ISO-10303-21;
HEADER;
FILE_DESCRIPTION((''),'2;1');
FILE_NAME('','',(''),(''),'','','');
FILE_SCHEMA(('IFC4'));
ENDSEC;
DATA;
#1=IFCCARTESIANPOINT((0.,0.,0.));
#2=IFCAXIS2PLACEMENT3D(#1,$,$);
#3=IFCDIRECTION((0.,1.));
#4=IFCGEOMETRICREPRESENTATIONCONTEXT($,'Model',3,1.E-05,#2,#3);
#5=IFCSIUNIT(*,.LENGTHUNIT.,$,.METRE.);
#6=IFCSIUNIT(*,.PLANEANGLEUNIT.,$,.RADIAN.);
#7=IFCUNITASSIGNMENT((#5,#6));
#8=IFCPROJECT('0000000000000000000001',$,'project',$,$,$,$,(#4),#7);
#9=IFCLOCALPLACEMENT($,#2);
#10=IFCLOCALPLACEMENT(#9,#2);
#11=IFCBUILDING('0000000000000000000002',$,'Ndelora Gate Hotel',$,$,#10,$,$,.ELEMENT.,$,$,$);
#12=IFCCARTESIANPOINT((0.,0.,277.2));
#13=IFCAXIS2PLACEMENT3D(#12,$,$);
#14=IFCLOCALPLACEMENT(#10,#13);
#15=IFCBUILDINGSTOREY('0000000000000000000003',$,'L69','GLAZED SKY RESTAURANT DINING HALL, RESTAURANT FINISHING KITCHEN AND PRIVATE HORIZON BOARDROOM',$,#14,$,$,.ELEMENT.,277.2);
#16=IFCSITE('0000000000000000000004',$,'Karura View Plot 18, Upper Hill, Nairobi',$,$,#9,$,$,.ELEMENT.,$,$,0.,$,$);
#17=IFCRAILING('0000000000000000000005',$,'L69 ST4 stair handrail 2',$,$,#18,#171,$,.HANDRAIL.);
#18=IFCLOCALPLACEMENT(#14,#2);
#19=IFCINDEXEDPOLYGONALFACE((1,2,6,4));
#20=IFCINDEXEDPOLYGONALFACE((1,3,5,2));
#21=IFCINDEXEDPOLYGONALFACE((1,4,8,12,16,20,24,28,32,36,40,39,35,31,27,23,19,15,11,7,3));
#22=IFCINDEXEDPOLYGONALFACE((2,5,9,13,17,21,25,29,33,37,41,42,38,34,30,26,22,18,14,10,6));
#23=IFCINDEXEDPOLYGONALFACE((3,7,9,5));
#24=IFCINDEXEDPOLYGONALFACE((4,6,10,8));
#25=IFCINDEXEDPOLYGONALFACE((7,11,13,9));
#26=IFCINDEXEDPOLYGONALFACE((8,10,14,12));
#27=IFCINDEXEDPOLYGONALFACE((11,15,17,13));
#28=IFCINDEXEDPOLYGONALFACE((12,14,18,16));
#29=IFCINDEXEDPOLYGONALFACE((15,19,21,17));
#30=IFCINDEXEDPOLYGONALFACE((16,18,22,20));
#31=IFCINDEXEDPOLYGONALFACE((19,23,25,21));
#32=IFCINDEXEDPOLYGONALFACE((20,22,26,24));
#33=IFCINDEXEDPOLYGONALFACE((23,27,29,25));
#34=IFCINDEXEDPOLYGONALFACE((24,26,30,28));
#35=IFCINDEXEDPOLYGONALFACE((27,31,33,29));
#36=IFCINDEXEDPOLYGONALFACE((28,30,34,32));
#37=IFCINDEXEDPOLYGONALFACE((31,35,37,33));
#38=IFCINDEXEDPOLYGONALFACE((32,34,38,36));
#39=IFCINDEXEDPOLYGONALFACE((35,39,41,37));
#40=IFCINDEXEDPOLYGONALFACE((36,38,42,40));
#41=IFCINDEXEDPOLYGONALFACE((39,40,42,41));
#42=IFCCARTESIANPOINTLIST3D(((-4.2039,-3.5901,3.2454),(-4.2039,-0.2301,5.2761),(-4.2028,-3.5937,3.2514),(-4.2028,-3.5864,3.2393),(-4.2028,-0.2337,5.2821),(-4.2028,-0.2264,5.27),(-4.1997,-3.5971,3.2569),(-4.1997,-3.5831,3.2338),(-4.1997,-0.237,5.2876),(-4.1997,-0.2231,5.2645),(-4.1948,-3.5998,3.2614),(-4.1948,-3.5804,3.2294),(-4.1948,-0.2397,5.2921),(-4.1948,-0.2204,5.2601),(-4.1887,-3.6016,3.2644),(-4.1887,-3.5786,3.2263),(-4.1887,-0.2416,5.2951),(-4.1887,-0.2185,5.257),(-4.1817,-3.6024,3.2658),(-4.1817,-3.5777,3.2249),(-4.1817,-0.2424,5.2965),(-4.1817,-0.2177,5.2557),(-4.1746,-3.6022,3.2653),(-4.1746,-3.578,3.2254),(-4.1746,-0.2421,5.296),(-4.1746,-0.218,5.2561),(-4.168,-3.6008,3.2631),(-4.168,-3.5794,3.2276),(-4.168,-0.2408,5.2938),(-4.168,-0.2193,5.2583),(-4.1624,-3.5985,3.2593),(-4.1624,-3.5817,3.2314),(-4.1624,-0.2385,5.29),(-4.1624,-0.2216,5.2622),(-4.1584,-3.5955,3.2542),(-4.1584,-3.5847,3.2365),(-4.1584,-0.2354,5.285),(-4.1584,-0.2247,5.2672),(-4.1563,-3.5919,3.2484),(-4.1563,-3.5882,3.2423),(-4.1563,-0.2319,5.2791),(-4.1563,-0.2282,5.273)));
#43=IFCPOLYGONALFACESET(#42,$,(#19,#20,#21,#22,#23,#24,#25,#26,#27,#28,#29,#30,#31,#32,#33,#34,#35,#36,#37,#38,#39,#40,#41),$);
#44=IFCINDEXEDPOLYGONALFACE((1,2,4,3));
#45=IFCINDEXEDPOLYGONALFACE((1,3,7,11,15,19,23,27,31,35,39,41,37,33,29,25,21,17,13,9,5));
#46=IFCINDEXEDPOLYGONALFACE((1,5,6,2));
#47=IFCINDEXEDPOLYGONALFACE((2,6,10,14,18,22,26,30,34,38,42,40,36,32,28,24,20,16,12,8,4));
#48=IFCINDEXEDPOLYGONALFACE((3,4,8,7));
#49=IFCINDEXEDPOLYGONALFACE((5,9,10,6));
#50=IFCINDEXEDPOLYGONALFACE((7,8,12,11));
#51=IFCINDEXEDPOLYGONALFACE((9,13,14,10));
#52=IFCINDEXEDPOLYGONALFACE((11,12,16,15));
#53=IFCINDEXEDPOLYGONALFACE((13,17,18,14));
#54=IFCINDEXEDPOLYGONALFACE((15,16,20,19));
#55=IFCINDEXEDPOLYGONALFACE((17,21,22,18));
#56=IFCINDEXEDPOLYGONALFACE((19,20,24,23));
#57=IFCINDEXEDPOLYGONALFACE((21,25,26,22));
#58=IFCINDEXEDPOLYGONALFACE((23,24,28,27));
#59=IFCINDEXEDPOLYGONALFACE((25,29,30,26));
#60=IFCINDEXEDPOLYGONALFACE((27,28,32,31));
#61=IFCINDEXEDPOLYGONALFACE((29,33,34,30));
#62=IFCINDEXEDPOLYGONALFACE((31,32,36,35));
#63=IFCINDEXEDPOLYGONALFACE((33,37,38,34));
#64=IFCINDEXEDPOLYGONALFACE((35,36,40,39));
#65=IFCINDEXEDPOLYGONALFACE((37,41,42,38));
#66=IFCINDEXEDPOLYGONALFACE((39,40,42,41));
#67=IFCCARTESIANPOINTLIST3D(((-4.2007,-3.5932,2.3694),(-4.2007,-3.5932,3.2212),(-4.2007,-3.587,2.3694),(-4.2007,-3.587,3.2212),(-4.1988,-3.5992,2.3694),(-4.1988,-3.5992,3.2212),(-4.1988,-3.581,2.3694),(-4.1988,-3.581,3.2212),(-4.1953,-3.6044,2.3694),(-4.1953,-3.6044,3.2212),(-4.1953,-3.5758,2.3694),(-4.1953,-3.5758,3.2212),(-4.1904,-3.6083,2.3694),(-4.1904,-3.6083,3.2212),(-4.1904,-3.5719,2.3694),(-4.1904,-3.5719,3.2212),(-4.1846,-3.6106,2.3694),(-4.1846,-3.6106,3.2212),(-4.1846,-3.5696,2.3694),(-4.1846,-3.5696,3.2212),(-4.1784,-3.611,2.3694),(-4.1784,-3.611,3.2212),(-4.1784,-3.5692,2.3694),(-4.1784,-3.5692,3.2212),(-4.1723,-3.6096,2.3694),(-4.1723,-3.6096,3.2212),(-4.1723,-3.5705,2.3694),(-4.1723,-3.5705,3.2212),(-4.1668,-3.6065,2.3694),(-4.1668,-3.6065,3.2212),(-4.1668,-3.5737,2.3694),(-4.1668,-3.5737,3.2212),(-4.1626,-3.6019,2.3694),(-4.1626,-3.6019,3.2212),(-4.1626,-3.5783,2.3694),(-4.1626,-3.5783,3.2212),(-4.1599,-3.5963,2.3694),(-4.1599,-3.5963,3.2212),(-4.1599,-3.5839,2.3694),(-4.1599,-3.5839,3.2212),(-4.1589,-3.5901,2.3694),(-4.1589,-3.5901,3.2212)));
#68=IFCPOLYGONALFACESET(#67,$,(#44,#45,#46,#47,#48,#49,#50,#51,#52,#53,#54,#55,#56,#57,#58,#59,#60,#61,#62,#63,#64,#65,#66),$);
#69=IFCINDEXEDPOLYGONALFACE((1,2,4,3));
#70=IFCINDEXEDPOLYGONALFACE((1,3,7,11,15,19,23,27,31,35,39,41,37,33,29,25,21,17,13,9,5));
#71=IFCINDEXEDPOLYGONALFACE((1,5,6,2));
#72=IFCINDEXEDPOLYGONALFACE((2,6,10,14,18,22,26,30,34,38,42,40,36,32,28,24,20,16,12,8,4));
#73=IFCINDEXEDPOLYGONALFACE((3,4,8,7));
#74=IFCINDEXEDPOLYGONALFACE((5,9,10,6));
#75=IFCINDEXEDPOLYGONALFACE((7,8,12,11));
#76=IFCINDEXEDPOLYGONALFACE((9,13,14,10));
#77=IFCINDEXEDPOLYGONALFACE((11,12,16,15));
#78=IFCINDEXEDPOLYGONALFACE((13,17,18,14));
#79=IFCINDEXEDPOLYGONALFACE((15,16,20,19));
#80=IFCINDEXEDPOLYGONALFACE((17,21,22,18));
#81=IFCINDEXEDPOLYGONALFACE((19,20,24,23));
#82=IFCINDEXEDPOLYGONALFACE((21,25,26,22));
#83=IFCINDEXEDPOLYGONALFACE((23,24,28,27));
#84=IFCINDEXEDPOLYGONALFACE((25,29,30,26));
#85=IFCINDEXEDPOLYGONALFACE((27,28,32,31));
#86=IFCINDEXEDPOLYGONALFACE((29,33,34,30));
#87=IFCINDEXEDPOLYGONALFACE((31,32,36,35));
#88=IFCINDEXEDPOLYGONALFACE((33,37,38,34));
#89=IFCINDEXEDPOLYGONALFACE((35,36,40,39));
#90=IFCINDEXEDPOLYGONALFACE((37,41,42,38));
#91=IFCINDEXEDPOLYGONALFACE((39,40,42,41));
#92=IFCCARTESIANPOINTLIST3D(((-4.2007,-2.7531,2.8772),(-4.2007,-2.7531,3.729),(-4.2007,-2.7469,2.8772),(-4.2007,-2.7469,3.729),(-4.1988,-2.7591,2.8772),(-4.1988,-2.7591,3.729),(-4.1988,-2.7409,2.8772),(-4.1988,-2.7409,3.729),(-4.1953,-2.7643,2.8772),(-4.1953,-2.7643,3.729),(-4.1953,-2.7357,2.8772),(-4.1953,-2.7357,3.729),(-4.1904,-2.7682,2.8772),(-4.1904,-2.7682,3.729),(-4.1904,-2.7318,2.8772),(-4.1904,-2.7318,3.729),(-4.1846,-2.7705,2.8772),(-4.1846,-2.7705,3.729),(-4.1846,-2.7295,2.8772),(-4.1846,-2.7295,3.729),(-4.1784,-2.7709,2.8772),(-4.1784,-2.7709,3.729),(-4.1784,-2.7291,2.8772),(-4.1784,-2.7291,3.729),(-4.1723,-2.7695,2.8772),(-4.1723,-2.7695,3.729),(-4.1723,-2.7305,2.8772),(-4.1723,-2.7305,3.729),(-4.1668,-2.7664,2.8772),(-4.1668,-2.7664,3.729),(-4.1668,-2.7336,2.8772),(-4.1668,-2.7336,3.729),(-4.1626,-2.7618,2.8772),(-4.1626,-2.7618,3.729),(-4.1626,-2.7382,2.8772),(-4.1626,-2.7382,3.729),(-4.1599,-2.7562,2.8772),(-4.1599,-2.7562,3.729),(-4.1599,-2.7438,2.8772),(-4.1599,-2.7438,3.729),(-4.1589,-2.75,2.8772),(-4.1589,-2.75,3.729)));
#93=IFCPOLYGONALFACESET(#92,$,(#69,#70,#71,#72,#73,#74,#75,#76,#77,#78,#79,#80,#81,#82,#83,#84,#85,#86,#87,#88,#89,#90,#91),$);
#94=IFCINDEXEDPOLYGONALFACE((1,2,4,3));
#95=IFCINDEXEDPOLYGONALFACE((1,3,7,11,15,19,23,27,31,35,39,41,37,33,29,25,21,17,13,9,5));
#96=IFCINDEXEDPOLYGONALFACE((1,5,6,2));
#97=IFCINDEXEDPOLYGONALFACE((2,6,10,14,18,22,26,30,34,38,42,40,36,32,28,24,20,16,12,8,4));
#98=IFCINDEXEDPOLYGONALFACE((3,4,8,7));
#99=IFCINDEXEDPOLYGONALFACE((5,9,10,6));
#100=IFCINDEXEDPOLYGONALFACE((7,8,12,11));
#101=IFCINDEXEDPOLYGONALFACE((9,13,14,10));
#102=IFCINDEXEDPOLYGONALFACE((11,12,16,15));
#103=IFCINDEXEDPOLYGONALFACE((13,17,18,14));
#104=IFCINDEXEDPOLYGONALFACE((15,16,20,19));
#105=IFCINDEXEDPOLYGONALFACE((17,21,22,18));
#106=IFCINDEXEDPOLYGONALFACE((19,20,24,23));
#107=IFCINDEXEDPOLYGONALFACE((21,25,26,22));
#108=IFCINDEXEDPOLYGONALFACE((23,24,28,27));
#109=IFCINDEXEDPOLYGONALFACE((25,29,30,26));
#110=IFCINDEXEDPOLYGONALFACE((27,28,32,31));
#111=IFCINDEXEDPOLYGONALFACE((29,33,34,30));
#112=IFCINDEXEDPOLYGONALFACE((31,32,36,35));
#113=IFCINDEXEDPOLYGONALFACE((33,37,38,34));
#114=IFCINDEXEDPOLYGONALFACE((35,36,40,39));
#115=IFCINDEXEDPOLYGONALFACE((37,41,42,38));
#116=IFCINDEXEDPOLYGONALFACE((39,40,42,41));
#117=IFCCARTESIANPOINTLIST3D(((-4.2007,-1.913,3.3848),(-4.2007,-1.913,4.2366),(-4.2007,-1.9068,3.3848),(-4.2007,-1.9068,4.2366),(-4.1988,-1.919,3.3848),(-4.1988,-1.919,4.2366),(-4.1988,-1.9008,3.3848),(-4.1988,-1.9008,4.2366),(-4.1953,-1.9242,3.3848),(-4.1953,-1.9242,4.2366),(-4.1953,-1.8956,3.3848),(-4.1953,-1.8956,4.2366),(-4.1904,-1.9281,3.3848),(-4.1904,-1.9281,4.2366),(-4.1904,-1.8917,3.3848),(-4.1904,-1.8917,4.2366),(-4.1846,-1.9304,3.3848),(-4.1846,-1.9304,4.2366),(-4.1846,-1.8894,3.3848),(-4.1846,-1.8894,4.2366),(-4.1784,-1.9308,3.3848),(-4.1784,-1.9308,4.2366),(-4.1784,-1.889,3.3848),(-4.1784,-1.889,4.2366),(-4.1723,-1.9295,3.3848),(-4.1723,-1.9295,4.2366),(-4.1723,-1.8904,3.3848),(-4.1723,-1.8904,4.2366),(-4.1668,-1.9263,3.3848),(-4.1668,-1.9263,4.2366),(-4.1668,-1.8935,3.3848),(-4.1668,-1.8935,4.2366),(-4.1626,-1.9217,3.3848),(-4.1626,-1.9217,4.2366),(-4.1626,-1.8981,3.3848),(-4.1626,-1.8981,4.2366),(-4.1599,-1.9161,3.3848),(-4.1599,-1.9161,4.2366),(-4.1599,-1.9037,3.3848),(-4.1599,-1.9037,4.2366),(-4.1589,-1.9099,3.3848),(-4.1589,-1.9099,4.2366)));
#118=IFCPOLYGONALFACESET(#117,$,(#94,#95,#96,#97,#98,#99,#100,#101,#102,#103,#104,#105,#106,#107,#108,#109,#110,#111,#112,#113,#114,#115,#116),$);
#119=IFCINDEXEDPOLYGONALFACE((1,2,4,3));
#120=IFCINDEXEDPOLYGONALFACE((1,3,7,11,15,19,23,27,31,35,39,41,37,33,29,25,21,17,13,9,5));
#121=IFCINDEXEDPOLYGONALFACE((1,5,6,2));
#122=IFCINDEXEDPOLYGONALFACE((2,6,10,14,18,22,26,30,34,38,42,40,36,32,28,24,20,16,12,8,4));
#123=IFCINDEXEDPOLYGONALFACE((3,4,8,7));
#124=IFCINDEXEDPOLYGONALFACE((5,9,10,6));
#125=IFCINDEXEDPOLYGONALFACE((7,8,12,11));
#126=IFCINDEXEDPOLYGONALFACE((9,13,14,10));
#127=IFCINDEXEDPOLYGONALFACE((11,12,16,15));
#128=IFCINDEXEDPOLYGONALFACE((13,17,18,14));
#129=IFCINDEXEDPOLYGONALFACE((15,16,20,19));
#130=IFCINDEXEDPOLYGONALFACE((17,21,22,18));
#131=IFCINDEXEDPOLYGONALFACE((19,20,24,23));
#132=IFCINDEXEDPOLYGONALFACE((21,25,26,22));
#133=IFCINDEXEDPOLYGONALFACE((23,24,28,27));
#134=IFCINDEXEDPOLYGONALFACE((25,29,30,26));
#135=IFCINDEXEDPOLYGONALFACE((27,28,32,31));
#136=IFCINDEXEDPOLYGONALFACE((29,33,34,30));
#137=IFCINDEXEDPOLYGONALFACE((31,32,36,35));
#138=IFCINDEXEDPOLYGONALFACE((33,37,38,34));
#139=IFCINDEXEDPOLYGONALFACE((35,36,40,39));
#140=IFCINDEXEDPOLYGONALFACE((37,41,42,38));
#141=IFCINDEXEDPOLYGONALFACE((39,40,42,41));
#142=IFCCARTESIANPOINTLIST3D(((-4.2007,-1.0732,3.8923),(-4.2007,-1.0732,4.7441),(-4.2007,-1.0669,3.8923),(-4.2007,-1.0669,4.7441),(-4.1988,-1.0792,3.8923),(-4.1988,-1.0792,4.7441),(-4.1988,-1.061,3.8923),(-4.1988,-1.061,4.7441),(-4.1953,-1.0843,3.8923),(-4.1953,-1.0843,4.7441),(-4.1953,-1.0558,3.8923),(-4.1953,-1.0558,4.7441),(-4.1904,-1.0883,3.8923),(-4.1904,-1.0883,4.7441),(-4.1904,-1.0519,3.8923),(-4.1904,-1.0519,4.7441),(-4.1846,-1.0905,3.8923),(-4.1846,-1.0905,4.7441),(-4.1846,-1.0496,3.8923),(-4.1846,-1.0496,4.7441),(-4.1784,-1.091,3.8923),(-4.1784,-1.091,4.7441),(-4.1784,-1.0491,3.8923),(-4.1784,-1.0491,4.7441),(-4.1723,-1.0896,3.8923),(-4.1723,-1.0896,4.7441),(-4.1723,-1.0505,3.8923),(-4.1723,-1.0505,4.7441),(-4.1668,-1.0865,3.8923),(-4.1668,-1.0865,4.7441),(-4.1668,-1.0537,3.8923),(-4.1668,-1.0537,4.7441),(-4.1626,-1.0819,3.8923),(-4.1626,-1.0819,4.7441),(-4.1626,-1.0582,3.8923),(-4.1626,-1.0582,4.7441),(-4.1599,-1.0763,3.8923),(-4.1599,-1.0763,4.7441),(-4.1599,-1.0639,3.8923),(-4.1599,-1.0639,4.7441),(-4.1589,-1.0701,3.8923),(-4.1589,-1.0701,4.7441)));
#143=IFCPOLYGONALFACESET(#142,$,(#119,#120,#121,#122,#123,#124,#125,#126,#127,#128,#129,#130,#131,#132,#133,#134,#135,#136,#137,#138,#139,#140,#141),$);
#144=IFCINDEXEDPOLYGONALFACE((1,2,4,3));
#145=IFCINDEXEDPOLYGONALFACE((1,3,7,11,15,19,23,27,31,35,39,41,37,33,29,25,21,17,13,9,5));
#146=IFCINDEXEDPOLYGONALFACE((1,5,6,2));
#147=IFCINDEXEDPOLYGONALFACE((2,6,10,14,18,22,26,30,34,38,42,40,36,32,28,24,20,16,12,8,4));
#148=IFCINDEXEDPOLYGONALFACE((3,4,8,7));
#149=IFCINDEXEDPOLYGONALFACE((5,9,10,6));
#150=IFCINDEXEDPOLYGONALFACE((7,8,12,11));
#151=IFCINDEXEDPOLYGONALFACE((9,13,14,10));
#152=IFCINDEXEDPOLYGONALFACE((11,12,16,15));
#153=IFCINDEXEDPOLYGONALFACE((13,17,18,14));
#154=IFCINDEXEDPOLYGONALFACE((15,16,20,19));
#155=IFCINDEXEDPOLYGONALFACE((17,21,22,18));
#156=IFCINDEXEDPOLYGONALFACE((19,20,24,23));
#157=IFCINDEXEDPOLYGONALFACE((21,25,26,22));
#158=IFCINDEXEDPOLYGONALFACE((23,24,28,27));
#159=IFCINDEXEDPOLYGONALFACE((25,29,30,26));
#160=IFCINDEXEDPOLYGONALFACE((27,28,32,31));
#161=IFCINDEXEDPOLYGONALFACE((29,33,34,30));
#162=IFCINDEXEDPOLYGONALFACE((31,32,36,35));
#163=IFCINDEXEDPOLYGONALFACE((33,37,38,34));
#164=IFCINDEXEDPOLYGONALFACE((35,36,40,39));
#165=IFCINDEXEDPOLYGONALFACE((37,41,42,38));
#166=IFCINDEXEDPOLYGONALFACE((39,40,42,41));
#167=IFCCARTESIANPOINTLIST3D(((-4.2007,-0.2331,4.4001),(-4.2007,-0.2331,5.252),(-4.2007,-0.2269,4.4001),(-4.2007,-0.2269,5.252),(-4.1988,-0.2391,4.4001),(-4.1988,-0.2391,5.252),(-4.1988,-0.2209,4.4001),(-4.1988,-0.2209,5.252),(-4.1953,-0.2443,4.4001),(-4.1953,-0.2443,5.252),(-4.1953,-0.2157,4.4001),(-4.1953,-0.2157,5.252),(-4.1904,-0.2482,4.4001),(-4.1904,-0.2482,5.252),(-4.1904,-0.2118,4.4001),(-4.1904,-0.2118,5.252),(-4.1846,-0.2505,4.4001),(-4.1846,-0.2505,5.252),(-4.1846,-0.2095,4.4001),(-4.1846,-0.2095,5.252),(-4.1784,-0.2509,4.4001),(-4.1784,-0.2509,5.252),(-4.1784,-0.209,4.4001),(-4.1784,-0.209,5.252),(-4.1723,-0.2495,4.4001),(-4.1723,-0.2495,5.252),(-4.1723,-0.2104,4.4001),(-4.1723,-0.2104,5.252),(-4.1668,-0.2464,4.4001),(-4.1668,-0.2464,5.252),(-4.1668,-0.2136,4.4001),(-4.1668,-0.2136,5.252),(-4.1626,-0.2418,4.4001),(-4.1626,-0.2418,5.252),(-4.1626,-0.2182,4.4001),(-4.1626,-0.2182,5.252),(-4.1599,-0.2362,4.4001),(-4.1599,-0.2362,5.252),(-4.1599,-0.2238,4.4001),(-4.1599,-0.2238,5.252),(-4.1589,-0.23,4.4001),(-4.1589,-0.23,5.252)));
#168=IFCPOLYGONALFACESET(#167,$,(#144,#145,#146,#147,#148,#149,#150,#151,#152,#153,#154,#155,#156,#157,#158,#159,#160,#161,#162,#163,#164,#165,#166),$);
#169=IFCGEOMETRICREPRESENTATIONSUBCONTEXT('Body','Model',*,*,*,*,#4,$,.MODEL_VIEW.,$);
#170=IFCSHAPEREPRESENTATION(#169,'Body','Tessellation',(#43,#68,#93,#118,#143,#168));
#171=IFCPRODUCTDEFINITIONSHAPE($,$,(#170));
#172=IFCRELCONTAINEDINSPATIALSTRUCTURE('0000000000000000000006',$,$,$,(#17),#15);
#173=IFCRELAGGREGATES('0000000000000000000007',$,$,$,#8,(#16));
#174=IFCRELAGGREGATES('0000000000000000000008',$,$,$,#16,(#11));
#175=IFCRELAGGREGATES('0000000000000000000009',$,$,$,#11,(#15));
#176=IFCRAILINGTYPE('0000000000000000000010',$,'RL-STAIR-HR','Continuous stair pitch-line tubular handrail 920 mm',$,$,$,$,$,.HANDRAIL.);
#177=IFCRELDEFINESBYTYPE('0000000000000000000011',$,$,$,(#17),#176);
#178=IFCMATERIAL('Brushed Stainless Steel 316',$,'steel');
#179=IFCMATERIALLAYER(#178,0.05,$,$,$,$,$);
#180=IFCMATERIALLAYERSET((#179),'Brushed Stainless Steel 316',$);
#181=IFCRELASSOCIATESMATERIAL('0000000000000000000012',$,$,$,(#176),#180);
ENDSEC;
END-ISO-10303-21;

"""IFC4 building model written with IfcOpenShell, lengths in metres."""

from ifc_helpers import new_model, si_unit, direction, frame, origin, origin_2d, place, context, subcontext, project, spatial, circle, extrude, material, layer, layer_set, type_object, element, save


model = new_model("IFC4")

# Units and contexts
model_context = context("Model", 3, precision=1e-05, world=origin(), true_north=direction((0.0, 1.0)))
body_context = subcontext(model_context, "Body", "Model", "MODEL_VIEW")
ifc_project = project(units=[si_unit("LENGTHUNIT", "METRE"), si_unit("PLANEANGLEUNIT", "RADIAN")], contexts=[model_context])

# Site, building, storey
site_placement = place(None, origin())
site = spatial("IfcSite", under=ifc_project, at=site_placement, Name="Karura View Plot 18, Upper Hill, Nairobi", CompositionType="ELEMENT", RefElevation=0.0)
building_placement = place(site_placement, origin())
building = spatial("IfcBuilding", under=site, at=building_placement, Name="Ndelora Gate Hotel", CompositionType="ELEMENT")
storey_placement = place(building_placement, frame((0.0, 0.0, 277.2)))
storey = spatial("IfcBuildingStorey", under=building, at=storey_placement, Name="L69", Description="GLAZED SKY RESTAURANT DINING HALL, RESTAURANT FINISHING KITCHEN AND PRIVATE HORIZON BOARDROOM", CompositionType="ELEMENT", Elevation=277.2)

# Railing
ifc_material_1 = material(Name="Brushed Stainless Steel 316", Category="steel")
ifc_layer_1 = layer(ifc_material_1, 0.05)
ifc_layer_set_1 = layer_set([ifc_layer_1], Name="Brushed Stainless Steel 316")
railing_type_1 = type_object("IfcRailingType", Name="RL-STAIR-HR", Description="Continuous stair pitch-line tubular handrail 920 mm", PredefinedType="HANDRAIL", material=ifc_layer_set_1)
railing_1_placement = place(storey_placement, frame((-4.1799, -3.5901, 2.3694)))
element("IfcRailing", 1, at=railing_1_placement, inside=storey, type_object=railing_type_1, Name="L69 ST4 stair handrail 2", PredefinedType="HANDRAIL", context=body_context, shape_type="SweptSolid", body=[
    extrude(circle(Radius=0.0239, at=origin_2d()), frame((0.0, 0.0, 0.876), z_axis=(0.0, 0.855837, 0.517246), x_axis=(-1.0, 0.0, 0.0)), (0.0, 0.0, 1.0), 3.926),
    extrude(circle(Radius=0.021, at=origin_2d()), origin(), (0.0, 0.0, 1.0), 0.8518),
    extrude(circle(Radius=0.021, at=origin_2d()), frame((0.0, 0.8401, 0.5078)), (0.0, 0.0, 1.0), 0.8518),
    extrude(circle(Radius=0.021, at=origin_2d()), frame((0.0, 1.6802, 1.0154)), (0.0, 0.0, 1.0), 0.8518),
    extrude(circle(Radius=0.021, at=origin_2d()), frame((0.0, 2.52, 1.5229)), (0.0, 0.0, 1.0), 0.8518),
    extrude(circle(Radius=0.021, at=origin_2d()), frame((0.0, 3.3601, 2.0308)), (0.0, 0.0, 1.0), 0.8518),
])

save(model, "model.ifc")
